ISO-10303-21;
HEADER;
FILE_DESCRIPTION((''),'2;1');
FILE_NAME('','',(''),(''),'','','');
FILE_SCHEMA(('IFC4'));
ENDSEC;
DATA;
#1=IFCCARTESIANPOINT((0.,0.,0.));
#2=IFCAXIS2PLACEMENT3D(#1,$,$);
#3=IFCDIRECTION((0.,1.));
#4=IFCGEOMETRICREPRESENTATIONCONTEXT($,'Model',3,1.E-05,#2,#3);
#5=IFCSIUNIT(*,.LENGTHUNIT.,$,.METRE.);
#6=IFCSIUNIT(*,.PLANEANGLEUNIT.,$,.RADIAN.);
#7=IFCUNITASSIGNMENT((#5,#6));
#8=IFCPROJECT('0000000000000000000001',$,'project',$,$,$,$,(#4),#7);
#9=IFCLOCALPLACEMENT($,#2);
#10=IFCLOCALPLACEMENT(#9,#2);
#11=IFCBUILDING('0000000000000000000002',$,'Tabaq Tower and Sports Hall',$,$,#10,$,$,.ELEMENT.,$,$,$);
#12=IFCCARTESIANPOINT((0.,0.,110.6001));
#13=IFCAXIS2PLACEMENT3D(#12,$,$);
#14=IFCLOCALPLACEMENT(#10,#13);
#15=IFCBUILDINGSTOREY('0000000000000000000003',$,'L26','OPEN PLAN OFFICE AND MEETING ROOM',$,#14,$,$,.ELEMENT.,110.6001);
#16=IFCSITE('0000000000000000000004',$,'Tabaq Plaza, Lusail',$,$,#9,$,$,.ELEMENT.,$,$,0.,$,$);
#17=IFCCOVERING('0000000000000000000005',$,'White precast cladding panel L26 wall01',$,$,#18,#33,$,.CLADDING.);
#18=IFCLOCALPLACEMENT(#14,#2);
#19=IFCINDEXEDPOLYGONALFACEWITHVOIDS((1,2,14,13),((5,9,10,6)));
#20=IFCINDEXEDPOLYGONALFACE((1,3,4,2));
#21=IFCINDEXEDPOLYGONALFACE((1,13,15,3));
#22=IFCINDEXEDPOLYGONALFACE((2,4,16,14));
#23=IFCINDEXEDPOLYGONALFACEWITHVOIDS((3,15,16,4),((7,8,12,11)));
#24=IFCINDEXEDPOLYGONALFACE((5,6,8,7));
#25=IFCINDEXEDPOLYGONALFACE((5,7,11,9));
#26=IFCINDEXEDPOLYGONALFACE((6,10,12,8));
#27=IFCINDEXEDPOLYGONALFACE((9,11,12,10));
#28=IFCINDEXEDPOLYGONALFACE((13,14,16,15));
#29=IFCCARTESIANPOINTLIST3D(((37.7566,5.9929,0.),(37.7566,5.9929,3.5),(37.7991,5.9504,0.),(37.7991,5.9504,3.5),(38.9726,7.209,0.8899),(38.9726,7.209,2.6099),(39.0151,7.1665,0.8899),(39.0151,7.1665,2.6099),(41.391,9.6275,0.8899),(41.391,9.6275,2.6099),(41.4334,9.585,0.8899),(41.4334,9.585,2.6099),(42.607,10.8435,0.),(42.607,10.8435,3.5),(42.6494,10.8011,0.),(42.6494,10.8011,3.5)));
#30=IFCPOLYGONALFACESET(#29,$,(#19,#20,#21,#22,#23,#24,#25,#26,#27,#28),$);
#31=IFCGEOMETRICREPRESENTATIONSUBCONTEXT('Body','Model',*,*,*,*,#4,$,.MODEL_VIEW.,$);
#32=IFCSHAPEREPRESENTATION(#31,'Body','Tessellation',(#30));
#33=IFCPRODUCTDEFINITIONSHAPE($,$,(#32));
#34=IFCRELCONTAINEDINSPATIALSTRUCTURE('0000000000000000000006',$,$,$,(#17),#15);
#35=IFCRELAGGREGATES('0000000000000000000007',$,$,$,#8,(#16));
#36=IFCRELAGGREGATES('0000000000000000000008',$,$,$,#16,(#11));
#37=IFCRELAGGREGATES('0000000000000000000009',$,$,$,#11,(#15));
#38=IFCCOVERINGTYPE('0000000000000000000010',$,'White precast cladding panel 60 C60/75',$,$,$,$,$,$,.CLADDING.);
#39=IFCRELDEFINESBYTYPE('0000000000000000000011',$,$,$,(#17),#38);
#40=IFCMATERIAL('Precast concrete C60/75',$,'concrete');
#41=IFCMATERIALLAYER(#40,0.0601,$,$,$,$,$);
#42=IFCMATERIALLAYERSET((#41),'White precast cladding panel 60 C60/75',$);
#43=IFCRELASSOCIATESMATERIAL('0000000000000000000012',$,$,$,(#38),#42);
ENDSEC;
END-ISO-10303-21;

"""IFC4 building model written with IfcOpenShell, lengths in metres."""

from ifc_helpers import new_model, si_unit, direction, frame, origin, place, context, subcontext, project, spatial, polyline, outline, extrude, material, layer, layer_set, type_object, element, save


model = new_model("IFC4")

# Units and contexts
model_context = context("Model", 3, precision=1e-05, world=origin(), true_north=direction((0.0, 1.0)))
body_context = subcontext(model_context, "Body", "Model", "MODEL_VIEW")
ifc_project = project(units=[si_unit("LENGTHUNIT", "METRE"), si_unit("PLANEANGLEUNIT", "RADIAN")], contexts=[model_context])

# Site, building, storey
site_placement = place(None, origin())
site = spatial("IfcSite", under=ifc_project, at=site_placement, Name="Tabaq Plaza, Lusail", CompositionType="ELEMENT", RefElevation=0.0)
building_placement = place(site_placement, origin())
building = spatial("IfcBuilding", under=site, at=building_placement, Name="Tabaq Tower and Sports Hall", CompositionType="ELEMENT")
storey_placement = place(building_placement, frame((0.0, 0.0, 110.6001)))
storey = spatial("IfcBuildingStorey", under=building, at=storey_placement, Name="L26", Description="OPEN PLAN OFFICE AND MEETING ROOM", CompositionType="ELEMENT", Elevation=110.6001)

# Covering
ifc_material_1 = material(Name="Precast concrete C60/75", Category="concrete")
ifc_layer_1 = layer(ifc_material_1, 0.0601)
ifc_layer_set_1 = layer_set([ifc_layer_1], Name="White precast cladding panel 60 C60/75")
covering_type = type_object("IfcCoveringType", Name="White precast cladding panel 60 C60/75", PredefinedType="CLADDING", material=ifc_layer_set_1)
covering_1_placement = place(storey_placement, frame((37.7778, 5.9717, 0.0), z_axis=(0.0, 0.0, 1.0), x_axis=(0.707089, 0.707125, 0.0)))
element("IfcCovering", 1, at=covering_1_placement, inside=storey, type_object=covering_type, Name="White precast cladding panel L26 wall01", PredefinedType="CLADDING", context=body_context, shape_type="SweptSolid", body=[
    extrude(outline(polyline([(0.0, 0.0), (6.8596, 0.0), (6.8596, 3.5), (0.0, 3.5), (0.0, 0.0)]), holes=[polyline([(1.7197, 0.8899), (1.7197, 2.6099), (5.1399, 2.6099), (5.1399, 0.8899), (1.7197, 0.8899)])]), frame((0.0, 0.03, 0.0), z_axis=(0.0, -1.0, 0.0), x_axis=(1.0, 0.0, 0.0)), (0.0, 0.0, 1.0), 0.0601),
])

save(model, "model.ifc")
